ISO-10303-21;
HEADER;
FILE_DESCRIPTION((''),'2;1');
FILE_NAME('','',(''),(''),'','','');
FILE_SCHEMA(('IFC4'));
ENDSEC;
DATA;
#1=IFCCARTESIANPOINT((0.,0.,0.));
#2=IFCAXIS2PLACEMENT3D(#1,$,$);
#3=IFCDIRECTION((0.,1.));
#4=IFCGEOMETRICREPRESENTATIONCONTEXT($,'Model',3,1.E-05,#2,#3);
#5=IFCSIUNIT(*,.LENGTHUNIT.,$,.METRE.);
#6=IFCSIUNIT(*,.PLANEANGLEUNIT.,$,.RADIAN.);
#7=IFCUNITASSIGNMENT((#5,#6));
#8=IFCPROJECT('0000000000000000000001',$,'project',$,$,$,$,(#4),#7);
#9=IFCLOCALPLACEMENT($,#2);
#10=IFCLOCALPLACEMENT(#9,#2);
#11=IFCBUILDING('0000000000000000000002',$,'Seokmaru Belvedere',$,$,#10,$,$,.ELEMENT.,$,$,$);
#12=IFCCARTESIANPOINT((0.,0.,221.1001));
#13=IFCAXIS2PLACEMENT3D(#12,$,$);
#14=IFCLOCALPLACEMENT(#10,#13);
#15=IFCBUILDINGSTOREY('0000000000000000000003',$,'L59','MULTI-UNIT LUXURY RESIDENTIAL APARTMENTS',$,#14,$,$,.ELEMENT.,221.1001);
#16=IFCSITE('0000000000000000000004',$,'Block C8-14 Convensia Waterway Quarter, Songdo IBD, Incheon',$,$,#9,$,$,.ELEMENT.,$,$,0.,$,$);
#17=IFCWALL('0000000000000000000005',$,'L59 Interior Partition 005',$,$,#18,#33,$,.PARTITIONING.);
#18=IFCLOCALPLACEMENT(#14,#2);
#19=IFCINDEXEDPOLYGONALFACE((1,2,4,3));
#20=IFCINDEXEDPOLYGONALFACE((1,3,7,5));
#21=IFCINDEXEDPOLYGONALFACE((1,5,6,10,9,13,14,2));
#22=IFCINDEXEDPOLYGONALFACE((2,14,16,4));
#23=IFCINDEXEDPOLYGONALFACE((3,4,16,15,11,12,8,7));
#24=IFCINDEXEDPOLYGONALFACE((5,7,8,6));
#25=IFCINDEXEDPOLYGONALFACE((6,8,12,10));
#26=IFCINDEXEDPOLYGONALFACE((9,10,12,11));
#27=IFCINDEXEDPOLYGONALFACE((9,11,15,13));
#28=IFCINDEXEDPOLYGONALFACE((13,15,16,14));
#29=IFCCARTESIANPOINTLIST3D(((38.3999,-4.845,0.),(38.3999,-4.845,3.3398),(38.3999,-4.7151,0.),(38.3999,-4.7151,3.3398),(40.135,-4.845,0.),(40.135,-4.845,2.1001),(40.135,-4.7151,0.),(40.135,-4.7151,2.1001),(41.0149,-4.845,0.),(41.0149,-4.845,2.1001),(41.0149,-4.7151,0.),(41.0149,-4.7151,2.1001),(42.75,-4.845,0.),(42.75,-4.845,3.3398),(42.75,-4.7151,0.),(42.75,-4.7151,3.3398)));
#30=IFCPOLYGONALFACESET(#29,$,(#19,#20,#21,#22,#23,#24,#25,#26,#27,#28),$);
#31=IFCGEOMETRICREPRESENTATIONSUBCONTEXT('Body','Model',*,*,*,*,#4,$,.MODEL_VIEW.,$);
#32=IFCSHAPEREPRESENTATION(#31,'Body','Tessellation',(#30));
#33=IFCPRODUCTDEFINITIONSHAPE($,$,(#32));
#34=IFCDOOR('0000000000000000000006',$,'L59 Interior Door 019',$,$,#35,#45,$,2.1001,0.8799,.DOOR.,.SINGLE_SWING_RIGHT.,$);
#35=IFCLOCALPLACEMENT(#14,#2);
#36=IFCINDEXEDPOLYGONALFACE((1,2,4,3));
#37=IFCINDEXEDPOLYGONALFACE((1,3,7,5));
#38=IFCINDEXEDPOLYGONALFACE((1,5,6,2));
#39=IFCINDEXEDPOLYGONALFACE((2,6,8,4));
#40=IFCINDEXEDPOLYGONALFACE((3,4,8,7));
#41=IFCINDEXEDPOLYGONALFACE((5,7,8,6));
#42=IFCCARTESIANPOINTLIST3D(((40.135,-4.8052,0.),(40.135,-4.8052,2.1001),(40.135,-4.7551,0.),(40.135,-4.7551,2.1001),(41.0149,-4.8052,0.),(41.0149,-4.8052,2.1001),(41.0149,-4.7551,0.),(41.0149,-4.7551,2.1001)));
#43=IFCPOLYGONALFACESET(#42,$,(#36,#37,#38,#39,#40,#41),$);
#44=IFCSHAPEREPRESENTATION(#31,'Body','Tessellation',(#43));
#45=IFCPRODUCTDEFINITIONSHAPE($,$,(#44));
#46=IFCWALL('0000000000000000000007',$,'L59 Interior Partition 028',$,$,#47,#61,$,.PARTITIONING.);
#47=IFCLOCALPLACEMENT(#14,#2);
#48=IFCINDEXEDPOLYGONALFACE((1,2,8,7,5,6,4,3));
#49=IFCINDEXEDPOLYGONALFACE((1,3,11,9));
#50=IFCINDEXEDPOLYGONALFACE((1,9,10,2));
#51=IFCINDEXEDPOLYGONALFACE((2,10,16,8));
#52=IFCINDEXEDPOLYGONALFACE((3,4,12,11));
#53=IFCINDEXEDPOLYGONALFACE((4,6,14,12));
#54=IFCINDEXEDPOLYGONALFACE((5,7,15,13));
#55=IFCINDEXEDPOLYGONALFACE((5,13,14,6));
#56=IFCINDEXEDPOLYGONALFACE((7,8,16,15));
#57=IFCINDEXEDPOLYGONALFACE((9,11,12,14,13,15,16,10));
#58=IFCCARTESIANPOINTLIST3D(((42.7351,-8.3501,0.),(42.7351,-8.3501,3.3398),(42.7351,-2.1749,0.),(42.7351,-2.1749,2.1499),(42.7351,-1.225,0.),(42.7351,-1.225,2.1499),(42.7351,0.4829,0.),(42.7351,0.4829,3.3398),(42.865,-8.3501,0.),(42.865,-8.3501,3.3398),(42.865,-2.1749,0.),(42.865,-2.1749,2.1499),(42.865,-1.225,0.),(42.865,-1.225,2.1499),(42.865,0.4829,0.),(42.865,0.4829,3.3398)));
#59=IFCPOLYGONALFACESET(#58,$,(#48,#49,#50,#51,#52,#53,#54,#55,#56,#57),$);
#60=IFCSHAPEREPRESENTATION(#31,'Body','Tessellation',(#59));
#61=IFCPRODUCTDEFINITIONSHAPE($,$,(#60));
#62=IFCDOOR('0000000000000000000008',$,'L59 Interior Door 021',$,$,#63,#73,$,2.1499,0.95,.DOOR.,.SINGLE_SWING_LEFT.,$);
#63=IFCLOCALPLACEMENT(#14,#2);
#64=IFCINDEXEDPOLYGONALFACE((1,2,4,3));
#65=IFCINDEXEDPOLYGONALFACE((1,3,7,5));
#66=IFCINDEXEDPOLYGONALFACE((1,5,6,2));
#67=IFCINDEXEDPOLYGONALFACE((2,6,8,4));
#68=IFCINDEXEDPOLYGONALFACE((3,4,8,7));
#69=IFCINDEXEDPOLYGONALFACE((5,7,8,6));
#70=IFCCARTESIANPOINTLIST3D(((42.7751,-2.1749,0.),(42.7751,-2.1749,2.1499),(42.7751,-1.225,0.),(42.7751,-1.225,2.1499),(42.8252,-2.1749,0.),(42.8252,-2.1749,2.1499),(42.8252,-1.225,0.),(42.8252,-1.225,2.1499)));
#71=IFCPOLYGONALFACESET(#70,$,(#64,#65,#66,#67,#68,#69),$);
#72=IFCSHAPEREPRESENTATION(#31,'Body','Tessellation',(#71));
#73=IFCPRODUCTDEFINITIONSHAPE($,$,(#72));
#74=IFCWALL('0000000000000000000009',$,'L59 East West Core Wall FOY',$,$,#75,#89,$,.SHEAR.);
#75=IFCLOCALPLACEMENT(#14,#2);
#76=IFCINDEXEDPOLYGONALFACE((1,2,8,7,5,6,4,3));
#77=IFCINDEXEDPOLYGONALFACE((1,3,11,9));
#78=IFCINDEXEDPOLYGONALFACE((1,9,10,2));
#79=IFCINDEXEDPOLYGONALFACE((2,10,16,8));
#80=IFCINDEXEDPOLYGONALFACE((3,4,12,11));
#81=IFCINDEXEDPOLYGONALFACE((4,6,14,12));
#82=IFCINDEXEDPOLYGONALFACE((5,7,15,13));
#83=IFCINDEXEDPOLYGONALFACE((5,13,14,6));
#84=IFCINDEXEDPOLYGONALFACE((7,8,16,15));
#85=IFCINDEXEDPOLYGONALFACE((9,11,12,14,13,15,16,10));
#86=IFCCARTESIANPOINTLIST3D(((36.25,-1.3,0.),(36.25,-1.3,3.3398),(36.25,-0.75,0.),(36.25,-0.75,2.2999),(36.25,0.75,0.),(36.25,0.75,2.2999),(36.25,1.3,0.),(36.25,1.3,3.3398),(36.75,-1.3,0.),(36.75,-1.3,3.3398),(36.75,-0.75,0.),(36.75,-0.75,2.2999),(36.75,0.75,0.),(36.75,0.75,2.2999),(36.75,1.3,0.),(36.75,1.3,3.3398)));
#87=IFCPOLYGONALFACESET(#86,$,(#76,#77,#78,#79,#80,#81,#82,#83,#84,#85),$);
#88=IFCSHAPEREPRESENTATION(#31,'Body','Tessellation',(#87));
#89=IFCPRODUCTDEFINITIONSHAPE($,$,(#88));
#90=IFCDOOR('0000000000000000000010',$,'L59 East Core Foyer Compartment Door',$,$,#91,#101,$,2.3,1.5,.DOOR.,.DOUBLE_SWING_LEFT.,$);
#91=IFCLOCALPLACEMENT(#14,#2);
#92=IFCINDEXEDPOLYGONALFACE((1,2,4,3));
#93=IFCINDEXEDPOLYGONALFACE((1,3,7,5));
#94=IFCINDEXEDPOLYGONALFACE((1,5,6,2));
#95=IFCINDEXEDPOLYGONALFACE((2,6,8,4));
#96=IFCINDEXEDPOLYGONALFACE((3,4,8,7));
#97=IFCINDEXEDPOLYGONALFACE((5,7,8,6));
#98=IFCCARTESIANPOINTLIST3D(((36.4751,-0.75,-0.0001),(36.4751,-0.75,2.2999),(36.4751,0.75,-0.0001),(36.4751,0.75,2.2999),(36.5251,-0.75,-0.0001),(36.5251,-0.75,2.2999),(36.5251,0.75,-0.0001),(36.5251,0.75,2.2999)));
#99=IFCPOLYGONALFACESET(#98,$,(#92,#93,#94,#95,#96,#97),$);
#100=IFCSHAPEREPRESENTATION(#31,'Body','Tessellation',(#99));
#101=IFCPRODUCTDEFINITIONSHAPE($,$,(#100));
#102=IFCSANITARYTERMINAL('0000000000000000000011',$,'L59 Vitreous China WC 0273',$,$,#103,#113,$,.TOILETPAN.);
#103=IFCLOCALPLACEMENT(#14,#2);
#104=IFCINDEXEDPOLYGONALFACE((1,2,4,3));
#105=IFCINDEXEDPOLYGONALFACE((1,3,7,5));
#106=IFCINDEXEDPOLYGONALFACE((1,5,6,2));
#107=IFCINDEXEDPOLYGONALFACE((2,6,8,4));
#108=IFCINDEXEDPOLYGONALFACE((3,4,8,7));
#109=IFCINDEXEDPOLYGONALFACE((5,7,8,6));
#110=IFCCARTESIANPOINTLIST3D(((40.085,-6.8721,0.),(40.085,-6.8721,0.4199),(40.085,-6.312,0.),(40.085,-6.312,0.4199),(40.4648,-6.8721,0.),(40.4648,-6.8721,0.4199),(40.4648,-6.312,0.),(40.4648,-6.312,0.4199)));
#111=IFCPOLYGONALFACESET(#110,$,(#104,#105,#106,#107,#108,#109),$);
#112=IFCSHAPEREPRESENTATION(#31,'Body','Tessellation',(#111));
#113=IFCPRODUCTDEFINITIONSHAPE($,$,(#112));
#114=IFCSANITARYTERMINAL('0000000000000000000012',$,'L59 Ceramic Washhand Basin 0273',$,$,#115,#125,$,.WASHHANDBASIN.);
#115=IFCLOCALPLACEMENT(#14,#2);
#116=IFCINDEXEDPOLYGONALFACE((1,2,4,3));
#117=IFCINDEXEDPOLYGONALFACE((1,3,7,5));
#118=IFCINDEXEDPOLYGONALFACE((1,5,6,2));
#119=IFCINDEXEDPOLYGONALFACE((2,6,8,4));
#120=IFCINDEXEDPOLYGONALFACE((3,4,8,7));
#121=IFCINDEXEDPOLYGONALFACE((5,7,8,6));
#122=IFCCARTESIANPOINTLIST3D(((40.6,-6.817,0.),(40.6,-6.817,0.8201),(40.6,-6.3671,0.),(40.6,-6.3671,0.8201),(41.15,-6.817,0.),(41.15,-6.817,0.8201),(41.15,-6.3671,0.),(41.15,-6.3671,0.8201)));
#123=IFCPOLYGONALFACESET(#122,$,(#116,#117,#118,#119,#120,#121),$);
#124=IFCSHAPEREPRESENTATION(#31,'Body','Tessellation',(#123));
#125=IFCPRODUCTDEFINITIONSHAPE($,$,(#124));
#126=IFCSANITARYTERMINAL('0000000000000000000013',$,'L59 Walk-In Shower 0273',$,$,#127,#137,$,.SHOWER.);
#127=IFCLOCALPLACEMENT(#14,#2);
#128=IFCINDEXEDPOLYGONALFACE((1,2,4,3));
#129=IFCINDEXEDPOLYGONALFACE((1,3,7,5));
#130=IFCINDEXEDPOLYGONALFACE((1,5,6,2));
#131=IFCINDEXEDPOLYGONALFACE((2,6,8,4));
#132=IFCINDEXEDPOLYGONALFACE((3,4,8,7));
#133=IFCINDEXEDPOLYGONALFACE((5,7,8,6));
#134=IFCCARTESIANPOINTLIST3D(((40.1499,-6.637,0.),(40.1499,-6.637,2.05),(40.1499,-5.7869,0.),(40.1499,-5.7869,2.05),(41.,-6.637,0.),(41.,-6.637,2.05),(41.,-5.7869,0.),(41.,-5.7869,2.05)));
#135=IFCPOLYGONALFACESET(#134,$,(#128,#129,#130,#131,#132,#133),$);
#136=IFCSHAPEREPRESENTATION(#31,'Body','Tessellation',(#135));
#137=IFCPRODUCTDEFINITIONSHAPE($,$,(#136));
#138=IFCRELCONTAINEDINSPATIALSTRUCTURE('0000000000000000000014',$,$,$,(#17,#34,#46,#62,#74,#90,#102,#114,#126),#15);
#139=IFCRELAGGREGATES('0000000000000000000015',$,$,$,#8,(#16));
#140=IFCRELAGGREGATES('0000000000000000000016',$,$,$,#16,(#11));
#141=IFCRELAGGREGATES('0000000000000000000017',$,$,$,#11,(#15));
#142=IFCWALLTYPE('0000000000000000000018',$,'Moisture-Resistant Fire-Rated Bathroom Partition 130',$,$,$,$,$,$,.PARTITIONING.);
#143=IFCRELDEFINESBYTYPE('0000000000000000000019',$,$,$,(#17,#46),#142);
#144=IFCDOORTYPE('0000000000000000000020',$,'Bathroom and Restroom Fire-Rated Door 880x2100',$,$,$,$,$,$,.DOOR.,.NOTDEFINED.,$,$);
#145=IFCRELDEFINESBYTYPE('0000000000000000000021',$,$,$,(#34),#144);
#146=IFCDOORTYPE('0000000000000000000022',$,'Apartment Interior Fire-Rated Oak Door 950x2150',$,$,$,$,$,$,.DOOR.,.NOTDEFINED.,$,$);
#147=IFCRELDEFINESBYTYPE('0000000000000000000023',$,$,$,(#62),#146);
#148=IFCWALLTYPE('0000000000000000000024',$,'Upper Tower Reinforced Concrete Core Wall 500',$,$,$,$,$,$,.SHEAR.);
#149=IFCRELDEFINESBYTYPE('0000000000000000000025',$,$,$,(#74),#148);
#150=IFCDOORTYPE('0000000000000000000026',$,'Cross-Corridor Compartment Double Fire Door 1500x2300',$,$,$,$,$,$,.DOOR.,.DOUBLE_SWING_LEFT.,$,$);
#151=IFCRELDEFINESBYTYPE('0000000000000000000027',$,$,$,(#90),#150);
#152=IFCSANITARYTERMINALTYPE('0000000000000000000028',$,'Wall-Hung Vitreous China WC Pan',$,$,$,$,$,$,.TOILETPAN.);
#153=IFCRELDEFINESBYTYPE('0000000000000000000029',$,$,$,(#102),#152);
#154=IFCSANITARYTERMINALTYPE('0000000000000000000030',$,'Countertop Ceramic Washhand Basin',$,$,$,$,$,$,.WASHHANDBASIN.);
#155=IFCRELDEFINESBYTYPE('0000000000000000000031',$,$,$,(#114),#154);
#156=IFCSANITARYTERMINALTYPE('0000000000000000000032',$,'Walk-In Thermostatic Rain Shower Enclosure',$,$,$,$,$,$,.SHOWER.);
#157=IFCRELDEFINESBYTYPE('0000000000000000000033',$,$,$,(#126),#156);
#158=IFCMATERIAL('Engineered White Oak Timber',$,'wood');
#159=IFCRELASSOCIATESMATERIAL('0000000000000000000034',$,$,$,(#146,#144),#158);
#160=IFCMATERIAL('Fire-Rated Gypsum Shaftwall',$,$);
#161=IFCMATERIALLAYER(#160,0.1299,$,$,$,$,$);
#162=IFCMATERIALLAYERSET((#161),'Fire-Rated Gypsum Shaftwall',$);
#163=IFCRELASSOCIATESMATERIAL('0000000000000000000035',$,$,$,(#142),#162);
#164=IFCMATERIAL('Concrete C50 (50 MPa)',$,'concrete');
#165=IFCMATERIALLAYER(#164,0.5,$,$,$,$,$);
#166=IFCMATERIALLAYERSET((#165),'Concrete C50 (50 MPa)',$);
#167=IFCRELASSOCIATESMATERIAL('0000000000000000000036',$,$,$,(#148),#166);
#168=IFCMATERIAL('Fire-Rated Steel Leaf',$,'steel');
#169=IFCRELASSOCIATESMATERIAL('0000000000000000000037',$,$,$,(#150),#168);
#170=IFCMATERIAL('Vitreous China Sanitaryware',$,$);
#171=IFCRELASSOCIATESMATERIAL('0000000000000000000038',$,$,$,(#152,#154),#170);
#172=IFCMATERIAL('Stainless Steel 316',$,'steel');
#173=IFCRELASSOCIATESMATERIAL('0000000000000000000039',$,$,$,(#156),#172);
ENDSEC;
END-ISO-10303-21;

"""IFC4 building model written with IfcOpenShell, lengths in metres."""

from ifc_helpers import new_model, si_unit, direction, frame, frame_2d, origin, origin_2d, place, context, subcontext, project, spatial, rectangle, extrude, source, transform, mapped, material, layer, layer_set, type_object, type_shapes, element, fill, save


model = new_model("IFC4")

# Units and contexts
model_context = context("Model", 3, precision=1e-05, world=origin(), true_north=direction((0.0, 1.0)))
body_context = subcontext(model_context, "Body", "Model", "MODEL_VIEW")
ifc_project = project(units=[si_unit("LENGTHUNIT", "METRE"), si_unit("PLANEANGLEUNIT", "RADIAN")], contexts=[model_context])

# Site, building, storey
site_placement = place(None, origin())
site = spatial("IfcSite", under=ifc_project, at=site_placement, Name="Block C8-14 Convensia Waterway Quarter, Songdo IBD, Incheon", CompositionType="ELEMENT", RefElevation=0.0)
building_placement = place(site_placement, origin())
building = spatial("IfcBuilding", under=site, at=building_placement, Name="Seokmaru Belvedere", CompositionType="ELEMENT")
storey_placement = place(building_placement, frame((0.0, 0.0, 221.1001)))
storey = spatial("IfcBuildingStorey", under=building, at=storey_placement, Name="L59", Description="MULTI-UNIT LUXURY RESIDENTIAL APARTMENTS", CompositionType="ELEMENT", Elevation=221.1001)

# Shared definitions
ifc_material_1 = material(Name="Fire-Rated Gypsum Shaftwall")
ifc_material_2 = material(Name="Engineered White Oak Timber", Category="wood")
door_type_1 = type_object("IfcDoorType", Name="Apartment Interior Fire-Rated Oak Door 950x2150", OperationType="NOTDEFINED", PredefinedType="DOOR", material=ifc_material_2)
shared_shape_1 = source(origin(), body_context, "Body", "SweptSolid", [
    extrude(rectangle(XDim=0.95, YDim=2.1499, at=frame_2d((0.4751, 1.075))), frame((0.0, 0.0249, 0.0), z_axis=(0.0, -1.0, 0.0), x_axis=(1.0, 0.0, 0.0)), (0.0, 0.0, 1.0), 0.05),
])
type_shapes(door_type_1, [shared_shape_1])

# Walls, openings, doors
ifc_layer_1 = layer(ifc_material_1, 0.1299)
ifc_layer_set_1 = layer_set([ifc_layer_1], Name="Fire-Rated Gypsum Shaftwall")
wall_type_1 = type_object("IfcWallType", Name="Moisture-Resistant Fire-Rated Bathroom Partition 130", PredefinedType="PARTITIONING", material=ifc_layer_set_1)
wall_1_placement = place(storey_placement, frame((38.3999, -4.78, 0.0), z_axis=(0.0, 0.0, 1.0), x_axis=(1.0, 0.0, 0.0)))
wall_1 = element("IfcWall", 1, at=wall_1_placement, inside=storey, type_object=wall_type_1, Name="L59 Interior Partition 005", PredefinedType="PARTITIONING", context=body_context, shape_type="SweptSolid", body=[
    extrude(rectangle(XDim=4.3501, YDim=0.1299, at=frame_2d((2.175, 0.0))), origin(), (0.0, 0.0, 1.0), 3.3398),
])
opening_1_placement = place(wall_1_placement, frame((1.7351, 0.0, 0.0)))
opening_1 = element("IfcOpeningElement", 2, at=opening_1_placement, cuts=wall_1, PredefinedType="OPENING", context=body_context, shape_type="SweptSolid", body=[
    extrude(rectangle(XDim=0.8799, YDim=2.1001, at=frame_2d((0.4399, 1.05))), frame((0.0, 0.075, 0.0), z_axis=(0.0, -1.0, 0.0), x_axis=(1.0, 0.0, 0.0)), (0.0, 0.0, 1.0), 0.1499),
])
door_type_2 = type_object("IfcDoorType", Name="Bathroom and Restroom Fire-Rated Door 880x2100", OperationType="NOTDEFINED", PredefinedType="DOOR", material=ifc_material_2)
shared_shape_2 = source(origin(), body_context, "Body", "SweptSolid", [
    extrude(rectangle(XDim=0.8799, YDim=2.1001, at=frame_2d((0.4399, 1.05))), frame((0.0, 0.0249, 0.0), z_axis=(0.0, -1.0, 0.0), x_axis=(1.0, 0.0, 0.0)), (0.0, 0.0, 1.0), 0.05),
])
type_shapes(door_type_2, [shared_shape_2])
door_1_placement = place(opening_1_placement, origin())
door_1 = element("IfcDoor", 3, at=door_1_placement, inside=storey, type_object=door_type_2, Name="L59 Interior Door 019", OperationType="SINGLE_SWING_RIGHT", OverallHeight=2.1001, OverallWidth=0.8799, PredefinedType="DOOR", context=body_context, shape_type="MappedRepresentation", body=[
    mapped(shared_shape_2, transform((0.0, 0.0, 0.0), scale=1.0)),
])
fill(opening_1, door_1)
wall_2_placement = place(storey_placement, frame((42.8, -8.3501, 0.0), z_axis=(0.0, 0.0, 1.0), x_axis=(0.0, 1.0, 0.0)))
wall_2 = element("IfcWall", 4, at=wall_2_placement, inside=storey, type_object=wall_type_1, Name="L59 Interior Partition 028", PredefinedType="PARTITIONING", context=body_context, shape_type="SweptSolid", body=[
    extrude(rectangle(XDim=8.833, YDim=0.1299, at=frame_2d((4.4165, 0.0))), origin(), (0.0, 0.0, 1.0), 3.3398),
])
opening_2_placement = place(wall_2_placement, frame((6.175, 0.0, 0.0)))
opening_2 = element("IfcOpeningElement", 5, at=opening_2_placement, cuts=wall_2, PredefinedType="OPENING", context=body_context, shape_type="SweptSolid", body=[
    extrude(rectangle(XDim=0.95, YDim=2.1499, at=frame_2d((0.4751, 1.075))), frame((0.0, 0.075, 0.0), z_axis=(0.0, -1.0, 0.0), x_axis=(1.0, 0.0, 0.0)), (0.0, 0.0, 1.0), 0.1499),
])
door_2_placement = place(opening_2_placement, origin())
door_2 = element("IfcDoor", 6, at=door_2_placement, inside=storey, type_object=door_type_1, Name="L59 Interior Door 021", OperationType="SINGLE_SWING_LEFT", OverallHeight=2.1499, OverallWidth=0.95, PredefinedType="DOOR", context=body_context, shape_type="MappedRepresentation", body=[
    mapped(shared_shape_1, transform((0.0, 0.0, 0.0), scale=1.0)),
])
fill(opening_2, door_2)
ifc_material_3 = material(Name="Concrete C50 (50 MPa)", Category="concrete")
ifc_layer_2 = layer(ifc_material_3, 0.5)
ifc_layer_set_2 = layer_set([ifc_layer_2], Name="Concrete C50 (50 MPa)")
wall_type_2 = type_object("IfcWallType", Name="Upper Tower Reinforced Concrete Core Wall 500", PredefinedType="SHEAR", material=ifc_layer_set_2)
wall_3_placement = place(storey_placement, frame((36.5, -1.3, 0.0), z_axis=(0.0, 0.0, 1.0), x_axis=(0.0, 1.0, 0.0)))
wall_3 = element("IfcWall", 7, at=wall_3_placement, inside=storey, type_object=wall_type_2, Name="L59 East West Core Wall FOY", PredefinedType="SHEAR", context=body_context, shape_type="SweptSolid", body=[
    extrude(rectangle(XDim=2.6001, YDim=0.5, at=frame_2d((1.3, 0.0))), origin(), (0.0, 0.0, 1.0), 3.3398),
])
opening_3_placement = place(wall_3_placement, frame((0.55, 0.0, 0.0)))
opening_3 = element("IfcOpeningElement", 8, at=opening_3_placement, cuts=wall_3, PredefinedType="OPENING", context=body_context, shape_type="SweptSolid", body=[
    extrude(rectangle(XDim=1.5, YDim=2.3, at=frame_2d((0.75, 1.1499))), frame((0.0, 0.26, 0.0), z_axis=(0.0, -1.0, 0.0), x_axis=(1.0, 0.0, 0.0)), (0.0, 0.0, 1.0), 0.52),
])
ifc_material_4 = material(Name="Fire-Rated Steel Leaf", Category="steel")
door_type_3 = type_object("IfcDoorType", Name="Cross-Corridor Compartment Double Fire Door 1500x2300", OperationType="DOUBLE_SWING_LEFT", PredefinedType="DOOR", material=ifc_material_4)
shared_shape_3 = source(origin(), body_context, "Body", "SweptSolid", [
    extrude(rectangle(XDim=1.5, YDim=2.3, at=frame_2d((0.75, 1.1499))), frame((0.0, 0.0249, 0.0), z_axis=(0.0, -1.0, 0.0), x_axis=(1.0, 0.0, 0.0)), (0.0, 0.0, 1.0), 0.05),
])
type_shapes(door_type_3, [shared_shape_3])
door_3_placement = place(opening_3_placement, origin())
door_3 = element("IfcDoor", 9, at=door_3_placement, inside=storey, type_object=door_type_3, Name="L59 East Core Foyer Compartment Door", OperationType="DOUBLE_SWING_LEFT", OverallHeight=2.3, OverallWidth=1.5, PredefinedType="DOOR", context=body_context, shape_type="MappedRepresentation", body=[
    mapped(shared_shape_3, transform((0.0, 0.0, 0.0), scale=1.0)),
])
fill(opening_3, door_3)

# Sanitary terminals
ifc_material_5 = material(Name="Vitreous China Sanitaryware")
sanitary_terminal_type_1 = type_object("IfcSanitaryTerminalType", Name="Wall-Hung Vitreous China WC Pan", PredefinedType="TOILETPAN", material=ifc_material_5)
shared_shape_4 = source(origin(), body_context, "Body", "SweptSolid", [
    extrude(rectangle(XDim=0.3799, YDim=0.5601, at=origin_2d()), origin(), (0.0, 0.0, 1.0), 0.4199),
])
type_shapes(sanitary_terminal_type_1, [shared_shape_4])
sanitary_terminal_1_placement = place(storey_placement, frame((40.2749, -6.592, 0.0), z_axis=(0.0, 0.0, 1.0), x_axis=(1.0, 0.0, 0.0)))
element("IfcSanitaryTerminal", 10, at=sanitary_terminal_1_placement, inside=storey, type_object=sanitary_terminal_type_1, Name="L59 Vitreous China WC 0273", PredefinedType="TOILETPAN", context=body_context, shape_type="MappedRepresentation", body=[
    mapped(shared_shape_4, transform((0.0, 0.0, 0.0), scale=1.0)),
])
sanitary_terminal_type_2 = type_object("IfcSanitaryTerminalType", Name="Countertop Ceramic Washhand Basin", PredefinedType="WASHHANDBASIN", material=ifc_material_5)
shared_shape_5 = source(origin(), body_context, "Body", "SweptSolid", [
    extrude(rectangle(XDim=0.55, YDim=0.45, at=origin_2d()), origin(), (0.0, 0.0, 1.0), 0.8201),
])
type_shapes(sanitary_terminal_type_2, [shared_shape_5])
sanitary_terminal_2_placement = place(storey_placement, frame((40.875, -6.592, 0.0), z_axis=(0.0, 0.0, 1.0), x_axis=(1.0, 0.0, 0.0)))
element("IfcSanitaryTerminal", 11, at=sanitary_terminal_2_placement, inside=storey, type_object=sanitary_terminal_type_2, Name="L59 Ceramic Washhand Basin 0273", PredefinedType="WASHHANDBASIN", context=body_context, shape_type="MappedRepresentation", body=[
    mapped(shared_shape_5, transform((0.0, 0.0, 0.0), scale=1.0)),
])
ifc_material_6 = material(Name="Stainless Steel 316", Category="steel")
sanitary_terminal_type_3 = type_object("IfcSanitaryTerminalType", Name="Walk-In Thermostatic Rain Shower Enclosure", PredefinedType="SHOWER", material=ifc_material_6)
shared_shape_6 = source(origin(), body_context, "Body", "SweptSolid", [
    extrude(rectangle(XDim=0.8501, YDim=0.8501, at=origin_2d()), origin(), (0.0, 0.0, 1.0), 2.05),
])
type_shapes(sanitary_terminal_type_3, [shared_shape_6])
sanitary_terminal_3_placement = place(storey_placement, frame((40.575, -6.2119, 0.0), z_axis=(0.0, 0.0, 1.0), x_axis=(1.0, 0.0, 0.0)))
element("IfcSanitaryTerminal", 12, at=sanitary_terminal_3_placement, inside=storey, type_object=sanitary_terminal_type_3, Name="L59 Walk-In Shower 0273", PredefinedType="SHOWER", context=body_context, shape_type="MappedRepresentation", body=[
    mapped(shared_shape_6, transform((0.0, 0.0, 0.0), scale=1.0)),
])

save(model, "model.ifc")
